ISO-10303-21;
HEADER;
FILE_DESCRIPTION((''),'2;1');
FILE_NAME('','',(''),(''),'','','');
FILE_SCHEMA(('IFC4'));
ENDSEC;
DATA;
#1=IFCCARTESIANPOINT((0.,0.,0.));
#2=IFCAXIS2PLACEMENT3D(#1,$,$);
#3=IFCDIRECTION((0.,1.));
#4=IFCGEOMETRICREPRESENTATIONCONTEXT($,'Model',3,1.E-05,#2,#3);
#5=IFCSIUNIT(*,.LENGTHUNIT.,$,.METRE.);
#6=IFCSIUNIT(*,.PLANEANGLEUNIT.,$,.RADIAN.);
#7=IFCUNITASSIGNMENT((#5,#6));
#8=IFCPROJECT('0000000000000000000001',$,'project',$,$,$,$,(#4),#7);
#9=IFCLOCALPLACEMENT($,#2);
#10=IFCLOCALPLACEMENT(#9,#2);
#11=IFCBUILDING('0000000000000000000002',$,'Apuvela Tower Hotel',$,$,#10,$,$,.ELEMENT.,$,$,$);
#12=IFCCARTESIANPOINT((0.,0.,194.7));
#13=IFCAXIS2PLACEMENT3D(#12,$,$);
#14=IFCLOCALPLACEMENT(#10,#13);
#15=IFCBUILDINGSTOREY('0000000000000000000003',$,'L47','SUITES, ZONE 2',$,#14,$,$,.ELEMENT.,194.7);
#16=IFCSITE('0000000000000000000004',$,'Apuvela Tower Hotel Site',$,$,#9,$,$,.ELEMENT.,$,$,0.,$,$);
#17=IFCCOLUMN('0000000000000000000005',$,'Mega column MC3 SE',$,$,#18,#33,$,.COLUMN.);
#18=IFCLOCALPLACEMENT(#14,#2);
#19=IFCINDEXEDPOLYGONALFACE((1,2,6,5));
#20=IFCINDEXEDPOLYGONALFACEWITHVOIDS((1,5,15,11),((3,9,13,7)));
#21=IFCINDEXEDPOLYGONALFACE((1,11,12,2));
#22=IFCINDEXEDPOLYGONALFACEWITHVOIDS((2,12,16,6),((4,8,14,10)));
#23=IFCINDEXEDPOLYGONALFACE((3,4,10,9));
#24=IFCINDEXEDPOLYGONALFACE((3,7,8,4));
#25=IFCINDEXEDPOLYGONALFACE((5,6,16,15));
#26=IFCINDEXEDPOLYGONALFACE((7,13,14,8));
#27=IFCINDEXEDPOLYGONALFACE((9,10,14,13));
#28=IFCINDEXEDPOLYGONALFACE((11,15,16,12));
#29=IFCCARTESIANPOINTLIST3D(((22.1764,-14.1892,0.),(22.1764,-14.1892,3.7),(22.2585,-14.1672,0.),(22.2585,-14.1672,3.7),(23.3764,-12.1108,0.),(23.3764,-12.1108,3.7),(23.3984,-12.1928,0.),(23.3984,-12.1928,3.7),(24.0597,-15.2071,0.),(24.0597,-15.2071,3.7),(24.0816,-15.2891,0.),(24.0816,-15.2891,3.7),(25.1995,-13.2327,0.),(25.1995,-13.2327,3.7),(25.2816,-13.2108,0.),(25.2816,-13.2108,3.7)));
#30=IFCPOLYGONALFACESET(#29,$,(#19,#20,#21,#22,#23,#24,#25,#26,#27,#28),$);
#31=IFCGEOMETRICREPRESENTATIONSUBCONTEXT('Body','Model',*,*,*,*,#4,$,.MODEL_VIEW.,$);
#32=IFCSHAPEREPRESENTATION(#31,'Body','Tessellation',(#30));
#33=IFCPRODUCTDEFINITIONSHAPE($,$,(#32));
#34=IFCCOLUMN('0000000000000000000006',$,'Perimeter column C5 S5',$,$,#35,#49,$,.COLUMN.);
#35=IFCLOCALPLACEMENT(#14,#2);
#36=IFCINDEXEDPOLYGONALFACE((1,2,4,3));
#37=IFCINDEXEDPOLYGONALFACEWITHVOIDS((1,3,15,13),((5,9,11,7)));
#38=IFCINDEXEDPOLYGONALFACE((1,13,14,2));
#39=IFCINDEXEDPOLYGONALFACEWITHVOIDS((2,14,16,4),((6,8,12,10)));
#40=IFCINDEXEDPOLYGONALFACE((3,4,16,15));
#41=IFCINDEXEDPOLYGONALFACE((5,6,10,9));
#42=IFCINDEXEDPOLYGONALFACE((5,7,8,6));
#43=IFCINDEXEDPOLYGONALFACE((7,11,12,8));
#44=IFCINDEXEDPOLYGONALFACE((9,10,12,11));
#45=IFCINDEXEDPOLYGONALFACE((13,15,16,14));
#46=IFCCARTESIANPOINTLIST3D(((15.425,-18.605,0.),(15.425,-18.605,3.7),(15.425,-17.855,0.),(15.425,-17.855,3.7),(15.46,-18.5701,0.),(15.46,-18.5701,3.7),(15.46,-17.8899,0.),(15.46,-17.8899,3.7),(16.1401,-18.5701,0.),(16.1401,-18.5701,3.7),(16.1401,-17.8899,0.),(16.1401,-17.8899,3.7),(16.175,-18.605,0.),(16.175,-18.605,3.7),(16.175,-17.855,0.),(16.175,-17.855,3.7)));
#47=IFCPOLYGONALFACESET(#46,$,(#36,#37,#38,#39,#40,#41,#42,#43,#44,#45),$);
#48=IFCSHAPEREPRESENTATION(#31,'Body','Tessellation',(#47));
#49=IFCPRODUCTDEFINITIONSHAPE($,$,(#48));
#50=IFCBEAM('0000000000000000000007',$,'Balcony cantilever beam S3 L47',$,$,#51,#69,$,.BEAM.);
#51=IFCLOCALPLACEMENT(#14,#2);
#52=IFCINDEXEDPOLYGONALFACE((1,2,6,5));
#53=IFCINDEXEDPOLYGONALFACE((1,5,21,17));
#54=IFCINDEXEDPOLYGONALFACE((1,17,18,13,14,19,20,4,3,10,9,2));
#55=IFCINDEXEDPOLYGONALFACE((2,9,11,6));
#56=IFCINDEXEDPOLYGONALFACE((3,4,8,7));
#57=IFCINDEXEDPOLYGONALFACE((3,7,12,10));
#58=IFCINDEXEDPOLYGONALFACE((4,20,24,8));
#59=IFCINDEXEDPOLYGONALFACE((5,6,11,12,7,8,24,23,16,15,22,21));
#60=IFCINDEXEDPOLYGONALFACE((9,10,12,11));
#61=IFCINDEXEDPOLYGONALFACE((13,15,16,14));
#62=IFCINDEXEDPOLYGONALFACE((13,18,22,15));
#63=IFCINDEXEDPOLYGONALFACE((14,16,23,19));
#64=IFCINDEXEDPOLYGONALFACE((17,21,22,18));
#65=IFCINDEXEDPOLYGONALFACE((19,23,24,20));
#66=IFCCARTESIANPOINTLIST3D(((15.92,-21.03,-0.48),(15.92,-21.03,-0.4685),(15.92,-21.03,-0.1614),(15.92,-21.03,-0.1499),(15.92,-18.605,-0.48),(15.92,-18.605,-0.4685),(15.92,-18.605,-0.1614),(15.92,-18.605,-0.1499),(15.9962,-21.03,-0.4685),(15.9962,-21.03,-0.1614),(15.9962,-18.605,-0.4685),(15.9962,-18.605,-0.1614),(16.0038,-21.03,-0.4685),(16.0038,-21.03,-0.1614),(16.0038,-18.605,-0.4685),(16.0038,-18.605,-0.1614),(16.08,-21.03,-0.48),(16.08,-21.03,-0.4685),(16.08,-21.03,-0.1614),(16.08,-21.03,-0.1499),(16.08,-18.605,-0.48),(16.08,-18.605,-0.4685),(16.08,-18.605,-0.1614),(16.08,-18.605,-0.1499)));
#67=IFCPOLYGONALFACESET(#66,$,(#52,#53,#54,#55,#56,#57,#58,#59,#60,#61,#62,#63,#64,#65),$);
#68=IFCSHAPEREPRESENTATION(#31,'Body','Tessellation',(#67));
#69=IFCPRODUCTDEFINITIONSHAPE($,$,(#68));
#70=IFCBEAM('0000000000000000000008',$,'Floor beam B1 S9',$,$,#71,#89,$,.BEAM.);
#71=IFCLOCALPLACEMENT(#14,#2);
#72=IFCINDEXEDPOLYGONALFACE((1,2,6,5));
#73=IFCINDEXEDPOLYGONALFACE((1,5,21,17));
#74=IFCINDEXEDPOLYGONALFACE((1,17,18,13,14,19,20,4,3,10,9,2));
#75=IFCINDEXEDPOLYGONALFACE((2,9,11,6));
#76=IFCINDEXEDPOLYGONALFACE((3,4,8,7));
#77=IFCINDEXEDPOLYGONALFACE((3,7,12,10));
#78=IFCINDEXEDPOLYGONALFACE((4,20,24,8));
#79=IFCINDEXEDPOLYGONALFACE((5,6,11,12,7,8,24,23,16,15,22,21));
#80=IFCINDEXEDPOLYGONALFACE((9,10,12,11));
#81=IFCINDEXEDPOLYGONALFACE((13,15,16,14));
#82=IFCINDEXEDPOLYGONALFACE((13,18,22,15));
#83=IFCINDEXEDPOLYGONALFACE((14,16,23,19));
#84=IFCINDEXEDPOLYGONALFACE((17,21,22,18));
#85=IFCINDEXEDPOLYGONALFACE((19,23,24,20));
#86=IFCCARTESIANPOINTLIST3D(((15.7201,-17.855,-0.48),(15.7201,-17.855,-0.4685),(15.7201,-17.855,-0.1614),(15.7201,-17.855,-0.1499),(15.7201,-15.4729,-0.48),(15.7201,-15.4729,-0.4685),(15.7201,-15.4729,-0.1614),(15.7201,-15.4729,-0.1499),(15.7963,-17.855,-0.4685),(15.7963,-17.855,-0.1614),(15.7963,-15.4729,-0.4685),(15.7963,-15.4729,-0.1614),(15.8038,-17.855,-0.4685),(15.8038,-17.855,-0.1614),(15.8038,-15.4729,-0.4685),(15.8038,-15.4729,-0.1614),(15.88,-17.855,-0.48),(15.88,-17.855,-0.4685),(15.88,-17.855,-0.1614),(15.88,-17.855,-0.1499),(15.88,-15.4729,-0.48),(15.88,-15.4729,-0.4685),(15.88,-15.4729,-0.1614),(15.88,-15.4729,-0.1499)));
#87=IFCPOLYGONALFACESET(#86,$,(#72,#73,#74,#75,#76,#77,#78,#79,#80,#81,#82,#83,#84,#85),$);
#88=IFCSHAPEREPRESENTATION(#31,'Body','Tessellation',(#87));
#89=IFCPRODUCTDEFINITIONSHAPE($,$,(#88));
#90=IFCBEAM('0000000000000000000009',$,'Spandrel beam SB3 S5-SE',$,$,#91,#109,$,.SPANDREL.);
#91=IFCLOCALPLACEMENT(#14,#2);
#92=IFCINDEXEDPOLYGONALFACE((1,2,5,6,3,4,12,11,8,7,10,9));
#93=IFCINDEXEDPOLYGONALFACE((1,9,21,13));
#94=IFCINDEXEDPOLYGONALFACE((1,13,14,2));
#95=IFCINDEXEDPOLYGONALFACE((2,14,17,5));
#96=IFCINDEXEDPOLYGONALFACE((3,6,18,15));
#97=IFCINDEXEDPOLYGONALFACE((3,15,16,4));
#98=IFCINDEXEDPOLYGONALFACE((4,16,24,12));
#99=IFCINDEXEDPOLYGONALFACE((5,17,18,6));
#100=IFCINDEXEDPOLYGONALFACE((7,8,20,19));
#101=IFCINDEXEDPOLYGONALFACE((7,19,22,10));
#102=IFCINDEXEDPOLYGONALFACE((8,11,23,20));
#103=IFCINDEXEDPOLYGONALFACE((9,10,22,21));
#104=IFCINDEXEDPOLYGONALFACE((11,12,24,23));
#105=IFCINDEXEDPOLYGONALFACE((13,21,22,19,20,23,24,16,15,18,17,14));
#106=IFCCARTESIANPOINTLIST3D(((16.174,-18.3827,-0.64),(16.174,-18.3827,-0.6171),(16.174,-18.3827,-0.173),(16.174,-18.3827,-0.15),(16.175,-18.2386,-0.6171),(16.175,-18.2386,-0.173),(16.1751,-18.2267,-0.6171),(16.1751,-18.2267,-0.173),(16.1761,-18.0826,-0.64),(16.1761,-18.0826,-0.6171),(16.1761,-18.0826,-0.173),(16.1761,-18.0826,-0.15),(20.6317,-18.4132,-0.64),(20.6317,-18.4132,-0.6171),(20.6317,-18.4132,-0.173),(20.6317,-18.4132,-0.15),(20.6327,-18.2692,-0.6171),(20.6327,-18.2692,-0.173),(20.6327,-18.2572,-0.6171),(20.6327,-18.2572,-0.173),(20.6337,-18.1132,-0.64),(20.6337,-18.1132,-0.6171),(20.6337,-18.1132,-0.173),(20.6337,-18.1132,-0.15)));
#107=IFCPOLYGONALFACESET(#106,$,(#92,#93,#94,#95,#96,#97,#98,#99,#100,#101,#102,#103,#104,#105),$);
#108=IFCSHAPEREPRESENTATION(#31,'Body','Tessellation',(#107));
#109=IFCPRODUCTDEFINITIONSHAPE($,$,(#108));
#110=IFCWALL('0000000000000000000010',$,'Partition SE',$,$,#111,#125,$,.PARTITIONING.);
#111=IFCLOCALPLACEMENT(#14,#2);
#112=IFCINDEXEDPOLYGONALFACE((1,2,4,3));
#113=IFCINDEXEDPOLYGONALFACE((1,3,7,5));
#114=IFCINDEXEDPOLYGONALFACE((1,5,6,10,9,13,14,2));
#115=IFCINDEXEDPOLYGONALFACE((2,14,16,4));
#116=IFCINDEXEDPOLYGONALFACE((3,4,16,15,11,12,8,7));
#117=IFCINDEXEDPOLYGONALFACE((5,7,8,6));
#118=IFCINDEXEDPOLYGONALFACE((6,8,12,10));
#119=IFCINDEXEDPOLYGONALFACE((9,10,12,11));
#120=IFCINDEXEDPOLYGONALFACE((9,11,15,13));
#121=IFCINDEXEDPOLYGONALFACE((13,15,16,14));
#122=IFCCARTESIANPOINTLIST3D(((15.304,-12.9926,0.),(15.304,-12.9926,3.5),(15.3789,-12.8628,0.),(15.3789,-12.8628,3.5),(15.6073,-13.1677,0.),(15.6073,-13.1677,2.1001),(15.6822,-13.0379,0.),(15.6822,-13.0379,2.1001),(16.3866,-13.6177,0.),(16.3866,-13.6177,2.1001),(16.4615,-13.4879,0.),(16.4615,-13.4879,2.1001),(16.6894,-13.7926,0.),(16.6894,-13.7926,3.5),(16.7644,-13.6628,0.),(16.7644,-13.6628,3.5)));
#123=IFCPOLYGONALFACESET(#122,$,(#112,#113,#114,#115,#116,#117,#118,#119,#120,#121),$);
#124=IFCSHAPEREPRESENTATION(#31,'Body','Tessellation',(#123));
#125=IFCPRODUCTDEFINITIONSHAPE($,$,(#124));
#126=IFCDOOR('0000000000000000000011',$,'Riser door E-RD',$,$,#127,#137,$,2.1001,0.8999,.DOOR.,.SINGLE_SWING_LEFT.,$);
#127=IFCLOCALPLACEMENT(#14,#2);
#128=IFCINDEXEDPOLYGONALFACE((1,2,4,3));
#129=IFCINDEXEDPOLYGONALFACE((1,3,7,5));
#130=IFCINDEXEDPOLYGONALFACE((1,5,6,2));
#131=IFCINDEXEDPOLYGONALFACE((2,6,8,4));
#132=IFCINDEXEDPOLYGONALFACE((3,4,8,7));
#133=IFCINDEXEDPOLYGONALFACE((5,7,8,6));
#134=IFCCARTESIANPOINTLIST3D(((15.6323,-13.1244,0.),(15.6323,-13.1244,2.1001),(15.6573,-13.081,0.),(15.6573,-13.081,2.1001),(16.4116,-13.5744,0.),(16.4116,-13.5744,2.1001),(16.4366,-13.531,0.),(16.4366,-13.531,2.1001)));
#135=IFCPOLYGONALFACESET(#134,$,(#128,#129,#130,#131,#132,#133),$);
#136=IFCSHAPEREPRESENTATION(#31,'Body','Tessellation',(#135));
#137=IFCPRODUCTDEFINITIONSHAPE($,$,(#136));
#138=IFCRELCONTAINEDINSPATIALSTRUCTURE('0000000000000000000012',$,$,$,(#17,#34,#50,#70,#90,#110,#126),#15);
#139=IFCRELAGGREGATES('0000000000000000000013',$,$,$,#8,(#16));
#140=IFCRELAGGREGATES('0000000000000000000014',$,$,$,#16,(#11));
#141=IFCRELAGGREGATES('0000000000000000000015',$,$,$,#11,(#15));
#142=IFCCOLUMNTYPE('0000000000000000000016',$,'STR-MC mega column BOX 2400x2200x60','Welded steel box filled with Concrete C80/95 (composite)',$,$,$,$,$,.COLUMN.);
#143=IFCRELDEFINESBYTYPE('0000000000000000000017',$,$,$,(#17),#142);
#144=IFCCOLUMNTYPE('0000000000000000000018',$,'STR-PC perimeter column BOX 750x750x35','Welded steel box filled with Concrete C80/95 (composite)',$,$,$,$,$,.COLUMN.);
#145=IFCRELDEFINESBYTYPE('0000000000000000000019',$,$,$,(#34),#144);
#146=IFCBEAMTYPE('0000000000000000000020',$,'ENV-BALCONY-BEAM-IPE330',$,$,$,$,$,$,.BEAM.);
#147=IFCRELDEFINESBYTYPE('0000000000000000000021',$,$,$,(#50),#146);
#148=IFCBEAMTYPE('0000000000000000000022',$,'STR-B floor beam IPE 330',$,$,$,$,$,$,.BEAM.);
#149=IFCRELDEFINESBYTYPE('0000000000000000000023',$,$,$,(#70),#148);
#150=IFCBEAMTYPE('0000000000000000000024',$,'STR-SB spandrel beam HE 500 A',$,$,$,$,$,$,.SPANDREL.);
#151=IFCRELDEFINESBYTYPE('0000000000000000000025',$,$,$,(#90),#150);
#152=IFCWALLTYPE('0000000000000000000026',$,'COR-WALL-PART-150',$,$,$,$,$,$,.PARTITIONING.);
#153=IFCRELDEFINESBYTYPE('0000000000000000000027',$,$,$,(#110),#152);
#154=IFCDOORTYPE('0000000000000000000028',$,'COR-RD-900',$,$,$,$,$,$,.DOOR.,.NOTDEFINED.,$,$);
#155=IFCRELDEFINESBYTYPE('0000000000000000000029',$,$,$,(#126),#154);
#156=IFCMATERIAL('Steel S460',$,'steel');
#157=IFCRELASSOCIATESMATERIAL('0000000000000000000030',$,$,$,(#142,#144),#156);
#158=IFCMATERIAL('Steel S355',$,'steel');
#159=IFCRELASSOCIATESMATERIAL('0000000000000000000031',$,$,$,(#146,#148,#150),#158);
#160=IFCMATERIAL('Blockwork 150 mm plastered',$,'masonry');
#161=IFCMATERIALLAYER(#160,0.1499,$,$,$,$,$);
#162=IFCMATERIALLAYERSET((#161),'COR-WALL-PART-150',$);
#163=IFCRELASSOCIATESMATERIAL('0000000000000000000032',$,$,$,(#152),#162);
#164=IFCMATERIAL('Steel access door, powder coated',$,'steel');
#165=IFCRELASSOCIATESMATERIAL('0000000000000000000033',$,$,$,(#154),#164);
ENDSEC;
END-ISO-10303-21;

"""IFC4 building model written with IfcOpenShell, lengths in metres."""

from ifc_helpers import new_model, si_unit, direction, frame, frame_2d, origin, origin_2d, place, context, subcontext, project, spatial, rectangle, hollow_rectangle, i_section, extrude, material, layer, layer_set, material_profile, profile_set, type_object, element, fill, save


model = new_model("IFC4")

# Units and contexts
model_context = context("Model", 3, precision=1e-05, world=origin(), true_north=direction((0.0, 1.0)))
body_context = subcontext(model_context, "Body", "Model", "MODEL_VIEW")
ifc_project = project(units=[si_unit("LENGTHUNIT", "METRE"), si_unit("PLANEANGLEUNIT", "RADIAN")], contexts=[model_context])

# Site, building, storey
site_placement = place(None, origin())
site = spatial("IfcSite", under=ifc_project, at=site_placement, Name="Apuvela Tower Hotel Site", CompositionType="ELEMENT", RefElevation=0.0)
building_placement = place(site_placement, origin())
building = spatial("IfcBuilding", under=site, at=building_placement, Name="Apuvela Tower Hotel", CompositionType="ELEMENT")
storey_placement = place(building_placement, frame((0.0, 0.0, 194.7)))
storey = spatial("IfcBuildingStorey", under=building, at=storey_placement, Name="L47", Description="SUITES, ZONE 2", CompositionType="ELEMENT", Elevation=194.7)

# Columns
ifc_material_1 = material(Name="Steel S460", Category="steel")
ifc_material_profile_1 = material_profile(ifc_material_1, hollow_rectangle(XDim=2.3999, YDim=2.2, WallThickness=0.0601, at=origin_2d()), Name="BOX 2400x2200x60")
ifc_material_2 = material(Name="Concrete C80/95", Category="concrete")
ifc_material_profile_2 = material_profile(ifc_material_2, rectangle(XDim=2.28, YDim=2.0801, at=origin_2d()), Name="Concrete C80/95 infill")
ifc_profile_set_1 = profile_set([ifc_material_profile_1, ifc_material_profile_2], Name="Steel S460")
column_type_1 = type_object("IfcColumnType", Name="STR-MC mega column BOX 2400x2200x60", Description="Welded steel box filled with Concrete C80/95 (composite)", PredefinedType="COLUMN", material=ifc_profile_set_1)
column_1_placement = place(storey_placement, frame((23.729, -13.7, 0.0), z_axis=(0.0, 0.0, 1.0), x_axis=(0.5, 0.866025, 0.0)))
element("IfcColumn", 1, at=column_1_placement, inside=storey, type_object=column_type_1, Name="Mega column MC3 SE", PredefinedType="COLUMN", context=body_context, shape_type="SweptSolid", body=[
    extrude(hollow_rectangle(XDim=2.3999, YDim=2.2, WallThickness=0.0601, at=origin_2d()), origin(), (0.0, 0.0, 1.0), 3.7),
])
ifc_material_profile_3 = material_profile(ifc_material_1, hollow_rectangle(XDim=0.75, YDim=0.75, WallThickness=0.0349, at=origin_2d()), Name="BOX 750x750x35")
ifc_material_profile_4 = material_profile(ifc_material_2, rectangle(XDim=0.6799, YDim=0.6799, at=origin_2d()), Name="Concrete C80/95 infill")
ifc_profile_set_2 = profile_set([ifc_material_profile_3, ifc_material_profile_4], Name="Steel S460")
column_type_2 = type_object("IfcColumnType", Name="STR-PC perimeter column BOX 750x750x35", Description="Welded steel box filled with Concrete C80/95 (composite)", PredefinedType="COLUMN", material=ifc_profile_set_2)
column_2_placement = place(storey_placement, frame((15.8, -18.23, 0.0), z_axis=(0.0, 0.0, 1.0), x_axis=(-1.0, 0.0, 0.0)))
element("IfcColumn", 2, at=column_2_placement, inside=storey, type_object=column_type_2, Name="Perimeter column C5 S5", PredefinedType="COLUMN", context=body_context, shape_type="SweptSolid", body=[
    extrude(hollow_rectangle(XDim=0.75, YDim=0.75, WallThickness=0.0349, at=origin_2d()), origin(), (0.0, 0.0, 1.0), 3.7),
])

# Beams
ifc_material_3 = material(Name="Steel S355", Category="steel")
ifc_material_profile_5 = material_profile(ifc_material_3, i_section(OverallWidth=0.1599, OverallDepth=0.3301, WebThickness=0.0076, FlangeThickness=0.0115, at=origin_2d()), Name="IPE 330")
ifc_profile_set_3 = profile_set([ifc_material_profile_5], Name="Steel S355")
beam_type_1 = type_object("IfcBeamType", Name="ENV-BALCONY-BEAM-IPE330", PredefinedType="BEAM", material=ifc_profile_set_3)
beam_1_placement = place(storey_placement, frame((16.0, -18.605, -0.3149), z_axis=(0.0, -1.0, 0.0), x_axis=(1.0, 0.0, 0.0)))
element("IfcBeam", 3, at=beam_1_placement, inside=storey, type_object=beam_type_1, Name="Balcony cantilever beam S3 L47", PredefinedType="BEAM", context=body_context, shape_type="SweptSolid", body=[
    extrude(i_section(OverallWidth=0.1599, OverallDepth=0.3301, WebThickness=0.0076, FlangeThickness=0.0115, at=origin_2d()), origin(), (0.0, 0.0, 1.0), 2.425),
])
ifc_material_profile_6 = material_profile(ifc_material_3, i_section(OverallWidth=0.1599, OverallDepth=0.3301, WebThickness=0.0076, FlangeThickness=0.0115, at=origin_2d()), Name="IPE 330")
ifc_profile_set_4 = profile_set([ifc_material_profile_6], Name="Steel S355")
beam_type_2 = type_object("IfcBeamType", Name="STR-B floor beam IPE 330", PredefinedType="BEAM", material=ifc_profile_set_4)
beam_2_placement = place(storey_placement, frame((15.8, -17.855, -0.3149), z_axis=(0.0, 1.0, 0.0), x_axis=(-1.0, 0.0, 0.0)))
element("IfcBeam", 4, at=beam_2_placement, inside=storey, type_object=beam_type_2, Name="Floor beam B1 S9", PredefinedType="BEAM", context=body_context, shape_type="SweptSolid", body=[
    extrude(i_section(OverallWidth=0.1599, OverallDepth=0.3301, WebThickness=0.0076, FlangeThickness=0.0115, at=origin_2d()), origin(), (0.0, 0.0, 1.0), 2.3821),
])
ifc_material_profile_7 = material_profile(ifc_material_3, i_section(OverallWidth=0.3, OverallDepth=0.49, WebThickness=0.012, FlangeThickness=0.0229, at=origin_2d()), Name="HE 500 A")
ifc_profile_set_5 = profile_set([ifc_material_profile_7], Name="Steel S355")
beam_type_3 = type_object("IfcBeamType", Name="STR-SB spandrel beam HE 500 A", PredefinedType="SPANDREL", material=ifc_profile_set_5)
beam_3_placement = place(storey_placement, frame((16.175, -18.2327, -0.395), z_axis=(0.999977, -0.006846, 0.0), x_axis=(0.006846, 0.999977, 0.0)))
element("IfcBeam", 5, at=beam_3_placement, inside=storey, type_object=beam_type_3, Name="Spandrel beam SB3 S5-SE", PredefinedType="SPANDREL", context=body_context, shape_type="SweptSolid", body=[
    extrude(i_section(OverallWidth=0.3, OverallDepth=0.49, WebThickness=0.012, FlangeThickness=0.0229, at=origin_2d()), origin(), (0.0, 0.0, 1.0), 4.4578),
])

# Wall, opening, door
ifc_material_4 = material(Name="Blockwork 150 mm plastered", Category="masonry")
ifc_layer_1 = layer(ifc_material_4, 0.1499)
ifc_layer_set_1 = layer_set([ifc_layer_1], Name="COR-WALL-PART-150")
wall_type_1 = type_object("IfcWallType", Name="COR-WALL-PART-150", PredefinedType="PARTITIONING", material=ifc_layer_set_1)
wall_1_placement = place(storey_placement, frame((15.3416, -12.9277, 0.0), z_axis=(0.0, 0.0, 1.0), x_axis=(0.86599, -0.500061, 0.0)))
wall_1 = element("IfcWall", 6, at=wall_1_placement, inside=storey, type_object=wall_type_1, Name="Partition SE", PredefinedType="PARTITIONING", context=body_context, shape_type="SweptSolid", body=[
    extrude(rectangle(XDim=1.5999, YDim=0.1499, at=frame_2d((0.7998, 0.0))), origin(), (0.0, 0.0, 1.0), 3.5),
])
opening_1_placement = place(wall_1_placement, frame((0.3501, 0.0, 0.0)))
opening_1 = element("IfcOpeningElement", 7, at=opening_1_placement, cuts=wall_1, PredefinedType="OPENING", context=body_context, shape_type="SweptSolid", body=[
    extrude(rectangle(XDim=0.8999, YDim=2.1001, at=frame_2d((0.45, 1.05))), frame((0.0, 0.085, 0.0), z_axis=(0.0, -1.0, 0.0), x_axis=(1.0, 0.0, 0.0)), (0.0, 0.0, 1.0), 0.1699),
])
ifc_material_5 = material(Name="Steel access door, powder coated", Category="steel")
door_type_1 = type_object("IfcDoorType", Name="COR-RD-900", OperationType="NOTDEFINED", PredefinedType="DOOR", material=ifc_material_5)
door_1_placement = place(opening_1_placement, frame((0.8999, 0.0, 0.0), z_axis=(0.0, 0.0, 1.0), x_axis=(-1.0, 0.0, 0.0)))
door_1 = element("IfcDoor", 8, at=door_1_placement, inside=storey, type_object=door_type_1, Name="Riser door E-RD", OperationType="SINGLE_SWING_LEFT", OverallHeight=2.1001, OverallWidth=0.8999, PredefinedType="DOOR", context=body_context, shape_type="SweptSolid", body=[
    extrude(rectangle(XDim=0.8999, YDim=2.1001, at=frame_2d((0.45, 1.05))), frame((0.0, 0.0249, 0.0), z_axis=(0.0, -1.0, 0.0), x_axis=(1.0, 0.0, 0.0)), (0.0, 0.0, 1.0), 0.05),
])
fill(opening_1, door_1)

save(model, "model.ifc")
